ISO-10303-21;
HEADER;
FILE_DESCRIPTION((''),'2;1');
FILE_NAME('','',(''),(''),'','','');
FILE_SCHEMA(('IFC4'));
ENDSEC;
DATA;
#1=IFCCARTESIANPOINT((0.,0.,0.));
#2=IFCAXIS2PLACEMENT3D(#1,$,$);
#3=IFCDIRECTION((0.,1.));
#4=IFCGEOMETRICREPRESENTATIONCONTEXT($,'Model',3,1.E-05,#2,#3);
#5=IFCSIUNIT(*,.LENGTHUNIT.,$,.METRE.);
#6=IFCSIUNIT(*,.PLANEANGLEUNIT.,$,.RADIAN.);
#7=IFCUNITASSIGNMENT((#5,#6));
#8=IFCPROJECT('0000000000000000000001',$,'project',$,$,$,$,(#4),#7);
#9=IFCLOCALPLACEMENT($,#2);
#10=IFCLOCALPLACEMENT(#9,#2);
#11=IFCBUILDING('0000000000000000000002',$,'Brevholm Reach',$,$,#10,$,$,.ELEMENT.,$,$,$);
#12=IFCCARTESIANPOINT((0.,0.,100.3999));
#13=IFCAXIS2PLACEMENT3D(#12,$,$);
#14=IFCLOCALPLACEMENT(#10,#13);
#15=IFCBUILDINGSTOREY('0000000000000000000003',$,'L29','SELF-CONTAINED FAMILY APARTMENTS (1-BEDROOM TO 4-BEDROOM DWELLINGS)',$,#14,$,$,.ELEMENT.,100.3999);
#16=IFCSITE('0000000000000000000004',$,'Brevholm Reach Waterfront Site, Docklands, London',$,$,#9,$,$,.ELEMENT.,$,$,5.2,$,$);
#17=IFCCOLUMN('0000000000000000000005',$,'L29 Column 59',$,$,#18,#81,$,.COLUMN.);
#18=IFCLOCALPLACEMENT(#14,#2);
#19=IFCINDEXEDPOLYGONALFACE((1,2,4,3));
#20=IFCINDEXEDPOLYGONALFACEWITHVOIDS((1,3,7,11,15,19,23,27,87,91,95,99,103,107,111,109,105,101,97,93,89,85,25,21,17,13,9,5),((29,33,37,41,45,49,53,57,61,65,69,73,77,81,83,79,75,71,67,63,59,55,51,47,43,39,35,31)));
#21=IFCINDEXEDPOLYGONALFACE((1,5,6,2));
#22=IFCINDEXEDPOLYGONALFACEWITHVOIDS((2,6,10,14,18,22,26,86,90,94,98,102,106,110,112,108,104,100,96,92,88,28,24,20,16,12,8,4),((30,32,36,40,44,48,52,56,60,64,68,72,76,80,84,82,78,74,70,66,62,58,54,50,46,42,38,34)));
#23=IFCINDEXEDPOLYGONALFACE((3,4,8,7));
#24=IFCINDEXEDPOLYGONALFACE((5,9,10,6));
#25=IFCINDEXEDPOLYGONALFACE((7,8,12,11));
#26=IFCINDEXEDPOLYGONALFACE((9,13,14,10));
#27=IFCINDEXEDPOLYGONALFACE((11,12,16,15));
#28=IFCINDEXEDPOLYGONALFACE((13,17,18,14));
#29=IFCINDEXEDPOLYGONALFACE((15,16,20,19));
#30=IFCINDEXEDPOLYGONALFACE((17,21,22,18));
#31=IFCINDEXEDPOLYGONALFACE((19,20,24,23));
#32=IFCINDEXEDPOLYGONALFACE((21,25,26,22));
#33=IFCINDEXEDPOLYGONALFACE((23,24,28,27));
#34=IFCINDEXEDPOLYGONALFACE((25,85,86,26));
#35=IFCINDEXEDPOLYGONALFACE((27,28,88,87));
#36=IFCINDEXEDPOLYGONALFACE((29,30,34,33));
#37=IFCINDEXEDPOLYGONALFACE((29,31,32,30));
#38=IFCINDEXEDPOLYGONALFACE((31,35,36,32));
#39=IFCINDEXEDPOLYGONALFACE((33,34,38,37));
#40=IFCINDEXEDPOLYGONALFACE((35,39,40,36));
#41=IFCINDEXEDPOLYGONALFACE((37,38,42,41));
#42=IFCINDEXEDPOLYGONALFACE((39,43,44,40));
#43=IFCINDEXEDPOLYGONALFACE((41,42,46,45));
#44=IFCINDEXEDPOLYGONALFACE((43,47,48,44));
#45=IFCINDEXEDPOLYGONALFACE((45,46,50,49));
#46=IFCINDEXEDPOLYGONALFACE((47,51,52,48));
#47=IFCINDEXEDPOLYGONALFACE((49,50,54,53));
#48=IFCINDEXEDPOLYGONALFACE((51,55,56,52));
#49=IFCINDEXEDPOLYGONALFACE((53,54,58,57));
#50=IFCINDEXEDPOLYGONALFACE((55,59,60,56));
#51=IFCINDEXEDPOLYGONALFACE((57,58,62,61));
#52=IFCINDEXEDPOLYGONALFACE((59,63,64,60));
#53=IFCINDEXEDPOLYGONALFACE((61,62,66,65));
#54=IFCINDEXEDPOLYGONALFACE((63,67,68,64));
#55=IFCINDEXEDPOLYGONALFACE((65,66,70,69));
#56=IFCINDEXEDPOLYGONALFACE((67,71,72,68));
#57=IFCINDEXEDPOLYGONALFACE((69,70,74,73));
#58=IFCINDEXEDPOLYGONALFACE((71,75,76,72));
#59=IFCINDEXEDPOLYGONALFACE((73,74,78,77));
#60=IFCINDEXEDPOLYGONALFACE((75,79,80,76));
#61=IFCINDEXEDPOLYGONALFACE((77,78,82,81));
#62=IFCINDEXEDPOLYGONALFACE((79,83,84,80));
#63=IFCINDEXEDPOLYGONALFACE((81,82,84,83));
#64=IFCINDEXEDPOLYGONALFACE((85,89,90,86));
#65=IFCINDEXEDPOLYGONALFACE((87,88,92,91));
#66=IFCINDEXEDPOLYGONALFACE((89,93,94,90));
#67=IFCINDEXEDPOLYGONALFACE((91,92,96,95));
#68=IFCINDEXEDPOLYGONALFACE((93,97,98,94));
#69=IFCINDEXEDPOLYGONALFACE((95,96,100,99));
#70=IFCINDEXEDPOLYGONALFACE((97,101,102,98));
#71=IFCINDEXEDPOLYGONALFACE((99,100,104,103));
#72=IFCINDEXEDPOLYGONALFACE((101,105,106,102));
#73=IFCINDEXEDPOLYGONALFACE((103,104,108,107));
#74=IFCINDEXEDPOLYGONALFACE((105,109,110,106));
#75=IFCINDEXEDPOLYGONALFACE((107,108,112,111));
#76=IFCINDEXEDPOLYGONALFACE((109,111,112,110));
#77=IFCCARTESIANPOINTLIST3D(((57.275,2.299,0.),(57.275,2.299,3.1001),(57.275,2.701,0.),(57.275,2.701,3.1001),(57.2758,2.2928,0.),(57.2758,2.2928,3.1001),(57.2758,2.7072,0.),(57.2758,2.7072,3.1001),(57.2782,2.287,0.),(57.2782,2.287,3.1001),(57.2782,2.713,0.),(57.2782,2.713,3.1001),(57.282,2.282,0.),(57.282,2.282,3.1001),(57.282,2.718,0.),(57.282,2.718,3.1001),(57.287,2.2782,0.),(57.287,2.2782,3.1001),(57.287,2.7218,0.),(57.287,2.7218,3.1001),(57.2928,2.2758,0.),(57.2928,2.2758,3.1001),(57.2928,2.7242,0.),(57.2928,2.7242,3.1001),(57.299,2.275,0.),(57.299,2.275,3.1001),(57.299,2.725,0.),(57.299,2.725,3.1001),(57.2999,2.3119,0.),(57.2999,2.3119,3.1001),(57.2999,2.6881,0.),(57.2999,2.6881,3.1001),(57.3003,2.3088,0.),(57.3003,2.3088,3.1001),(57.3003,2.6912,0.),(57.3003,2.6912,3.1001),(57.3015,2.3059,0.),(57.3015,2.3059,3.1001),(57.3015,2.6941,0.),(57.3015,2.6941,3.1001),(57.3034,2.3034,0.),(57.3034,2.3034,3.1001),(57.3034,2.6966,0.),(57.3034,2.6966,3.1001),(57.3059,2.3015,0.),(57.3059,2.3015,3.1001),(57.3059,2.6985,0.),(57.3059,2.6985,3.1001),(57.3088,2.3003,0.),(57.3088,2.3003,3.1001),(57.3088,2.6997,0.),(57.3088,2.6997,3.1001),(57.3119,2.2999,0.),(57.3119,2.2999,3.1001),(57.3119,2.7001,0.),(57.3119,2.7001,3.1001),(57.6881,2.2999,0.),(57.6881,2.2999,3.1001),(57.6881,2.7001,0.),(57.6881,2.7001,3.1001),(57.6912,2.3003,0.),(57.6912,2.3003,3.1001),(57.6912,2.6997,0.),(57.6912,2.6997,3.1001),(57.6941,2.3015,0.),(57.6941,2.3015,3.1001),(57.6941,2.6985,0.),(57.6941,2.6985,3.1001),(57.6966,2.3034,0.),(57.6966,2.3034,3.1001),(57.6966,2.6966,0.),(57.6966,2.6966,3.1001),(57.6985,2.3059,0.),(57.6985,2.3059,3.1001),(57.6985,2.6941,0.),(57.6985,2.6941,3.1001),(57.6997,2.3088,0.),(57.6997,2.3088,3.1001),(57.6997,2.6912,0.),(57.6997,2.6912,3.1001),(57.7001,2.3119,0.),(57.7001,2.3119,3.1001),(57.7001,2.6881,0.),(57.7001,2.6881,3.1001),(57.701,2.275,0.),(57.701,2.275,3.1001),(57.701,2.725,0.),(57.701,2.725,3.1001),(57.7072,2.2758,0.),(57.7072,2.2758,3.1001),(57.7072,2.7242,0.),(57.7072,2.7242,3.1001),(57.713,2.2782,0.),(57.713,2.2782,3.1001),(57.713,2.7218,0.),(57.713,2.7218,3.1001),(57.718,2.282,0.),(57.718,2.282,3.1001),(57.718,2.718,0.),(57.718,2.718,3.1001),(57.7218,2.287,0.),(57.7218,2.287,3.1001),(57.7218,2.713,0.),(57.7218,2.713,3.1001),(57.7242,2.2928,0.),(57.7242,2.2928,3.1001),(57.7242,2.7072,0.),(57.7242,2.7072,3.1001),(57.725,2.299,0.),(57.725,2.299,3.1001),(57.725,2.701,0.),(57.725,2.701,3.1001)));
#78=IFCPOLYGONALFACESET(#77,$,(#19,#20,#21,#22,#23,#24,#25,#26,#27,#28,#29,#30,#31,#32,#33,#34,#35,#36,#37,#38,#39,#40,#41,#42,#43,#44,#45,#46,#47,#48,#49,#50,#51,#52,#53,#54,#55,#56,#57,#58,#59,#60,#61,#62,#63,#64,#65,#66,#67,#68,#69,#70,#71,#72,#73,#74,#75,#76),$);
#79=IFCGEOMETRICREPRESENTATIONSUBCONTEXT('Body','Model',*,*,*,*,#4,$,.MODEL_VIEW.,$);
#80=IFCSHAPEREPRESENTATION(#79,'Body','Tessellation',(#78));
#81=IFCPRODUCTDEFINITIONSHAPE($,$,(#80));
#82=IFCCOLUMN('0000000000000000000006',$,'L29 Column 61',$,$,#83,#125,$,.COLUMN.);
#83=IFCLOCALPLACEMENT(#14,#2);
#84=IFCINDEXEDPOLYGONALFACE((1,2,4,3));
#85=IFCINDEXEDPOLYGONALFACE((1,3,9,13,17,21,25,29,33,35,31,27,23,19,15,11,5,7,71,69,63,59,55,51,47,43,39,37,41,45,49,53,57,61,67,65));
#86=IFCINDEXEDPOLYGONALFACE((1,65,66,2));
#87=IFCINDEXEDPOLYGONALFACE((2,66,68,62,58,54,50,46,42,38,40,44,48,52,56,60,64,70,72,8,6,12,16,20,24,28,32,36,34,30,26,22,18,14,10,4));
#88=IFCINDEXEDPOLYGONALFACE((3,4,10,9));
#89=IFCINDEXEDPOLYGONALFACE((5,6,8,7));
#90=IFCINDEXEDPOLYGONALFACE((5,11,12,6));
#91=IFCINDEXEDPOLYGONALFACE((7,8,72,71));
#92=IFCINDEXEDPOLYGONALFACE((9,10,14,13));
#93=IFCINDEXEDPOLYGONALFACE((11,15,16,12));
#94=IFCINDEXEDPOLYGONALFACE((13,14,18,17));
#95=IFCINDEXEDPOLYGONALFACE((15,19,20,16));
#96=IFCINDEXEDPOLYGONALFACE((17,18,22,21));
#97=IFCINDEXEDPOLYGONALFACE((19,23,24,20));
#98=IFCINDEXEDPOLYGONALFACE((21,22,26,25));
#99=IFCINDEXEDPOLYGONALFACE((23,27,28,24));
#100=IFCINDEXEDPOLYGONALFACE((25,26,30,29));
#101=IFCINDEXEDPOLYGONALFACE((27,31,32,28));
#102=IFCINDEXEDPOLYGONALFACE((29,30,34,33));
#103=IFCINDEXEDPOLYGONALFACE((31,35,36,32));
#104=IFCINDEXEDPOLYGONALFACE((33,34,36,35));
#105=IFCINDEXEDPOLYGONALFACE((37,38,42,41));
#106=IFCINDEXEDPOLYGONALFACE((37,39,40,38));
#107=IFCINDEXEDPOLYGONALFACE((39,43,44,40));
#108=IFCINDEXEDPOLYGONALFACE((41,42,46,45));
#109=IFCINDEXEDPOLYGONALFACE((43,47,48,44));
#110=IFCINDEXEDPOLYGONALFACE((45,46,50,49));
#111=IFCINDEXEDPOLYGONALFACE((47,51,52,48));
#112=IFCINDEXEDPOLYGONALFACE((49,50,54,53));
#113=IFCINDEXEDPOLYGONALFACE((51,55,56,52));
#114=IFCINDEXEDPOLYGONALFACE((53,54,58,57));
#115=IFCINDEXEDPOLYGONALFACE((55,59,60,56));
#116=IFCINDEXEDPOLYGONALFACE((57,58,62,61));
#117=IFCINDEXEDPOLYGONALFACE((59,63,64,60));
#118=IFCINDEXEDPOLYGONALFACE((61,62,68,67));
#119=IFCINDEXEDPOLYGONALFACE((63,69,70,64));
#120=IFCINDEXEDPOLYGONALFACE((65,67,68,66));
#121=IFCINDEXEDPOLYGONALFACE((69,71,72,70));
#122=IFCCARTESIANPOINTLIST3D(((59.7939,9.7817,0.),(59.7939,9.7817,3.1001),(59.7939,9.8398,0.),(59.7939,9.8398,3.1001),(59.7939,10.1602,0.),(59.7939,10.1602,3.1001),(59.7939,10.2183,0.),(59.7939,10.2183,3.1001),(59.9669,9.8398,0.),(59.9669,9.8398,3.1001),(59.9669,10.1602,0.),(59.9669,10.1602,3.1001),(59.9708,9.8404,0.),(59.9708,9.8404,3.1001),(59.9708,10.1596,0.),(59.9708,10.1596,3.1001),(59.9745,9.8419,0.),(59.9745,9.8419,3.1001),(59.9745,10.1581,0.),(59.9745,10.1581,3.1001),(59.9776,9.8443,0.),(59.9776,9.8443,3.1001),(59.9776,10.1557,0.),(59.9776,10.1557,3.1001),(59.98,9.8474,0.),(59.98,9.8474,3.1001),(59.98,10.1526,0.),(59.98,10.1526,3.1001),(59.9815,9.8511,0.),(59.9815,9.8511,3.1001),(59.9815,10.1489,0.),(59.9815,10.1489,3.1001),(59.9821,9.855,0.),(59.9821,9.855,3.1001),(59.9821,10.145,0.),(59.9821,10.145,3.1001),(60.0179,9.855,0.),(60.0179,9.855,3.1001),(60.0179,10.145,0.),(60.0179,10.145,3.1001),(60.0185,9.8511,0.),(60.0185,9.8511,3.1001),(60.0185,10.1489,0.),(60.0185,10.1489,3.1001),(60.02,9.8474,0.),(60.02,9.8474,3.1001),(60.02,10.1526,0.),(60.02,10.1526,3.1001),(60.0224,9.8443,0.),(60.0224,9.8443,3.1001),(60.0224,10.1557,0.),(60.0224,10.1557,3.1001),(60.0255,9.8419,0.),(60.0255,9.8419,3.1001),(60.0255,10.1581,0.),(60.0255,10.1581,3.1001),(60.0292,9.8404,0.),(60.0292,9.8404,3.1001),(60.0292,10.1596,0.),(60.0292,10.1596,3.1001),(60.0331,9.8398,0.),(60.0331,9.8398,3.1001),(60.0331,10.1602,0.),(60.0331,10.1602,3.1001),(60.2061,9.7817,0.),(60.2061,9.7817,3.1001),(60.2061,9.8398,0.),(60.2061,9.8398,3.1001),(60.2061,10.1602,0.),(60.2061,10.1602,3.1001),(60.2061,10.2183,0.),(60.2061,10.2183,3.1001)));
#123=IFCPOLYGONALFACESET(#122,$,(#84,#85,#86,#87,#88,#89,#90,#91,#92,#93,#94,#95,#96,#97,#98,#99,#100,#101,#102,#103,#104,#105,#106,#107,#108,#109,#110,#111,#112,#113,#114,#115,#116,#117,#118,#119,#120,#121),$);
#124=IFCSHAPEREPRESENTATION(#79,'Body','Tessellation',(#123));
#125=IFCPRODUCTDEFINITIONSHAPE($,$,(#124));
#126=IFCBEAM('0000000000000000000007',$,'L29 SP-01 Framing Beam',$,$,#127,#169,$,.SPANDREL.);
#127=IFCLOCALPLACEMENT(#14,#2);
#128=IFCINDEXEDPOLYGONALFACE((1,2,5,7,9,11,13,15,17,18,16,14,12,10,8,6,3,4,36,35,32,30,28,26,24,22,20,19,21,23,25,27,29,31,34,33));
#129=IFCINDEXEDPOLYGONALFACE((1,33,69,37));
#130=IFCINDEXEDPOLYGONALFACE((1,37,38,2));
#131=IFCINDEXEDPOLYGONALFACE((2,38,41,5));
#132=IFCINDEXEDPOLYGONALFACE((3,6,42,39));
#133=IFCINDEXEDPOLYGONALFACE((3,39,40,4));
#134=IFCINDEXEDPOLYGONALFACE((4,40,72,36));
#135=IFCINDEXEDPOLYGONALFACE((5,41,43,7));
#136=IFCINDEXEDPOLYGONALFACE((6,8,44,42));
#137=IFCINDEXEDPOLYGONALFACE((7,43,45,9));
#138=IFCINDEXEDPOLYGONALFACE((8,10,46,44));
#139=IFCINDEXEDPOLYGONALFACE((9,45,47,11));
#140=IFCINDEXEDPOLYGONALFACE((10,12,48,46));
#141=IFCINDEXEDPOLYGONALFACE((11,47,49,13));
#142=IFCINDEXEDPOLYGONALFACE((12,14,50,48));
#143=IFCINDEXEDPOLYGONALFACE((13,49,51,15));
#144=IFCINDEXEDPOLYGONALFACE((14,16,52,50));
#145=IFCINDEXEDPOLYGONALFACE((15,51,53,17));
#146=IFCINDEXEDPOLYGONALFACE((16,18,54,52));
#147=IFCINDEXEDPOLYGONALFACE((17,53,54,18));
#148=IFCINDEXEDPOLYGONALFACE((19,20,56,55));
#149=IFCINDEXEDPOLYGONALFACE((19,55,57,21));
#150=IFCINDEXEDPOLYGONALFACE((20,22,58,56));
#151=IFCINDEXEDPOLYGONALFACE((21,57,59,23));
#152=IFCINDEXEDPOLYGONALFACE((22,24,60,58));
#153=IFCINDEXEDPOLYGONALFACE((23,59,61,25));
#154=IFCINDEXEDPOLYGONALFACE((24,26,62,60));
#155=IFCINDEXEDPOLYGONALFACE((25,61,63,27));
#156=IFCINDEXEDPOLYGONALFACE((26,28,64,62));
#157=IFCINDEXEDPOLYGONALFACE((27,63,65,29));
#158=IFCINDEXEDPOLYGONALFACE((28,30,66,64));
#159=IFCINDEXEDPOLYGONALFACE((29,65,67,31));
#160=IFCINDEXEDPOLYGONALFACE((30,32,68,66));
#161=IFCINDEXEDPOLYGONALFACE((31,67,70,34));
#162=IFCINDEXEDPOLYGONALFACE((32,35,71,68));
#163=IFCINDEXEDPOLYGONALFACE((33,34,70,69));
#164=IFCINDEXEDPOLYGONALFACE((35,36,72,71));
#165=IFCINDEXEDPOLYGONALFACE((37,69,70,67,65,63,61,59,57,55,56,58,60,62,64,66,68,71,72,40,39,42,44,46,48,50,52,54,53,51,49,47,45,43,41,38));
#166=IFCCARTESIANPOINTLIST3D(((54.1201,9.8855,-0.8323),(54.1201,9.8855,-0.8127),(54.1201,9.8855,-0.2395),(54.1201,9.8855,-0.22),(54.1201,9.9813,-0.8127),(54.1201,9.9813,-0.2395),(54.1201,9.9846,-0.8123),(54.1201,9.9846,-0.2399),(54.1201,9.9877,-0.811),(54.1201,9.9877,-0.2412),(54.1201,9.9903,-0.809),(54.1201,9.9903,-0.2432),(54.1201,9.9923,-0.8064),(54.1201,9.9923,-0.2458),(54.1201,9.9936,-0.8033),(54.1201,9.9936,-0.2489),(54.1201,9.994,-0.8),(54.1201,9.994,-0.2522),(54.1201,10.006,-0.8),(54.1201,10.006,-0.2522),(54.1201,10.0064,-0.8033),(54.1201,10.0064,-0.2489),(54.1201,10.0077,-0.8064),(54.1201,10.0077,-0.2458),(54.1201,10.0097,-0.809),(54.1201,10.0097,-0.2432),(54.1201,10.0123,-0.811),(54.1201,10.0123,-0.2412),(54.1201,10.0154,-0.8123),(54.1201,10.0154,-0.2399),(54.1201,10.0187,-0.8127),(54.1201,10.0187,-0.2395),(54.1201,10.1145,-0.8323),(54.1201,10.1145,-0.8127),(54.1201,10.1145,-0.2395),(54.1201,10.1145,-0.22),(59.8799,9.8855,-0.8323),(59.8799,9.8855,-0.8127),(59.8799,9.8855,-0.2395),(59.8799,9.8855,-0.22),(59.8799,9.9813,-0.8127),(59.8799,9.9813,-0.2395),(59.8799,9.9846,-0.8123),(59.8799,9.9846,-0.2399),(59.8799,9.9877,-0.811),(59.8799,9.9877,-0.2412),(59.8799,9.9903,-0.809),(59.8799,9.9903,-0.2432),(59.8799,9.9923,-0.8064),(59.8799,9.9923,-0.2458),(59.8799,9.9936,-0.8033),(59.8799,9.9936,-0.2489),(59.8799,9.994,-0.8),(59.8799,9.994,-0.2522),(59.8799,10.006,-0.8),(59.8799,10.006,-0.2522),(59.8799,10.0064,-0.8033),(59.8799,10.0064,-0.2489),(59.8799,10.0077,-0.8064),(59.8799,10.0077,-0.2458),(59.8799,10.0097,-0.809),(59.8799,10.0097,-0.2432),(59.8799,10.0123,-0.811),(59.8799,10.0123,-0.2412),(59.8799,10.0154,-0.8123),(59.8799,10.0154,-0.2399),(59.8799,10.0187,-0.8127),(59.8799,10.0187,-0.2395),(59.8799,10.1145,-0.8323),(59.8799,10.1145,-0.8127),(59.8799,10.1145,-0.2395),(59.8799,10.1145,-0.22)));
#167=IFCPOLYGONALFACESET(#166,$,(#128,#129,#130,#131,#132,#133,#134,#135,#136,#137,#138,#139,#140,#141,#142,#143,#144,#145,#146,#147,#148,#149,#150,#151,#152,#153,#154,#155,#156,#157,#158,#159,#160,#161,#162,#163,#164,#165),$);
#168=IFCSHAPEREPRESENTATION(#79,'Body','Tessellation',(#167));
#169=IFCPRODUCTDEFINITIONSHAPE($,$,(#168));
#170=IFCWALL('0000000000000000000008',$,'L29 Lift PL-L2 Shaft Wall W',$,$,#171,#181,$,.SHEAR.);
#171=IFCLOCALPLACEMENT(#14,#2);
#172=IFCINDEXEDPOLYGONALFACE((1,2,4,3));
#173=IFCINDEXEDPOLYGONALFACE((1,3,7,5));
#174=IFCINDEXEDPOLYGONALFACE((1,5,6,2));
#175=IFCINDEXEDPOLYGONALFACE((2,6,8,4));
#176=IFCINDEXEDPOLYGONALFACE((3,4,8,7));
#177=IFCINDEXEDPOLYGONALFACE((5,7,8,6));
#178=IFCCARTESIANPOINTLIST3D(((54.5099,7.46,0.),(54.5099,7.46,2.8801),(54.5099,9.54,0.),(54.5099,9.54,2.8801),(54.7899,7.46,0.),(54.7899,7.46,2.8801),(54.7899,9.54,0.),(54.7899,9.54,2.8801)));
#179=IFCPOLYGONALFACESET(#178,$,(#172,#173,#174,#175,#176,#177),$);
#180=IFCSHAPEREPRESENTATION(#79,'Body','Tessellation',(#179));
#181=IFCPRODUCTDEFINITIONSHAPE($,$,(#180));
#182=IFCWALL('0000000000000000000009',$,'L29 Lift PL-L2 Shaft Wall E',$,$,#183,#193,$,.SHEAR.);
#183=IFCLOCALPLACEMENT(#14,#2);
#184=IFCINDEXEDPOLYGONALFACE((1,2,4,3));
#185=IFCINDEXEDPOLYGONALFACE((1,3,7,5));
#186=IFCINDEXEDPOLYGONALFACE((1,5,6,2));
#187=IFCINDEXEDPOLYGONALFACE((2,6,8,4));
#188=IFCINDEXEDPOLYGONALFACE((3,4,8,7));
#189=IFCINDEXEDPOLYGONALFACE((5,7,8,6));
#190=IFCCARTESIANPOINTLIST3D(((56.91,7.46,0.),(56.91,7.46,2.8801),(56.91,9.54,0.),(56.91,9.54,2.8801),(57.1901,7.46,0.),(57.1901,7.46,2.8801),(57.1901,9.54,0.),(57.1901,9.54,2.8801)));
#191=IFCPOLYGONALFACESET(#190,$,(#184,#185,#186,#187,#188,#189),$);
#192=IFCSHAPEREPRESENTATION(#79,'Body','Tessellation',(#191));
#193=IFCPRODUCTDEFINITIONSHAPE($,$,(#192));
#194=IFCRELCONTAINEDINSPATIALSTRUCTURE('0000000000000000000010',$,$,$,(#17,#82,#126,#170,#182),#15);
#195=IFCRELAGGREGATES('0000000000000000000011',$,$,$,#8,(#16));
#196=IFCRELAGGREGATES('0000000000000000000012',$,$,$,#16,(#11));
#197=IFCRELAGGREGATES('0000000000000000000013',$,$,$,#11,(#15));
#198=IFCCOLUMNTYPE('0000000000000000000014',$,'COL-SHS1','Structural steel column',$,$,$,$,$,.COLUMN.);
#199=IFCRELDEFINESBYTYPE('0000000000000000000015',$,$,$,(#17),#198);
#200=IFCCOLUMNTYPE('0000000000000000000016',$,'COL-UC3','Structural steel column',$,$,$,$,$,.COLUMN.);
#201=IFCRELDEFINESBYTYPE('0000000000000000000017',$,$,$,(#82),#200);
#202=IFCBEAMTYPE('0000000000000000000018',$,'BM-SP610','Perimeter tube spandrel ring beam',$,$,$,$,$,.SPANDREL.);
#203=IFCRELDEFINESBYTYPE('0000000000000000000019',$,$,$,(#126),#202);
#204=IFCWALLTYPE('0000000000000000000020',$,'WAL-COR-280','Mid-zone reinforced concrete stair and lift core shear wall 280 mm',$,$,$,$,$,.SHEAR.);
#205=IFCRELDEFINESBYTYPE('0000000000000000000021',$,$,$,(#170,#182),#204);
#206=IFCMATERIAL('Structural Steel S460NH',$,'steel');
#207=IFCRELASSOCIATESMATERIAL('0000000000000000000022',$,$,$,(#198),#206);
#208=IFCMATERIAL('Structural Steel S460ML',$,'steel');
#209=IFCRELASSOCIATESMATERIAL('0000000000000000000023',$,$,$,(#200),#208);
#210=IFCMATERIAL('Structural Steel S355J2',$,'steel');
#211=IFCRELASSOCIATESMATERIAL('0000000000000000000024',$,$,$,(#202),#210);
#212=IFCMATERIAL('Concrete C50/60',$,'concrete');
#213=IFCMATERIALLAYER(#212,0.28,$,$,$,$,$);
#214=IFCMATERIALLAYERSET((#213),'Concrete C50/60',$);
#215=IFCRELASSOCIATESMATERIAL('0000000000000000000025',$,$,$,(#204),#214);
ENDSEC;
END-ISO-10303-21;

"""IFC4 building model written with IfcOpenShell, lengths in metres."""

from ifc_helpers import new_model, si_unit, direction, frame, frame_2d, origin, origin_2d, place, context, subcontext, project, spatial, rectangle, hollow_rectangle, i_section, extrude, material, layer, layer_set, material_profile, profile_set, type_object, element, save


model = new_model("IFC4")

# Units and contexts
model_context = context("Model", 3, precision=1e-05, world=origin(), true_north=direction((0.0, 1.0)))
body_context = subcontext(model_context, "Body", "Model", "MODEL_VIEW")
ifc_project = project(units=[si_unit("LENGTHUNIT", "METRE"), si_unit("PLANEANGLEUNIT", "RADIAN")], contexts=[model_context])

# Site, building, storey
site_placement = place(None, origin())
site = spatial("IfcSite", under=ifc_project, at=site_placement, Name="Brevholm Reach Waterfront Site, Docklands, London", CompositionType="ELEMENT", RefElevation=5.2)
building_placement = place(site_placement, origin())
building = spatial("IfcBuilding", under=site, at=building_placement, Name="Brevholm Reach", CompositionType="ELEMENT")
storey_placement = place(building_placement, frame((0.0, 0.0, 100.3999)))
storey = spatial("IfcBuildingStorey", under=building, at=storey_placement, Name="L29", Description="SELF-CONTAINED FAMILY APARTMENTS (1-BEDROOM TO 4-BEDROOM DWELLINGS)", CompositionType="ELEMENT", Elevation=100.3999)

# Columns
ifc_material_1 = material(Name="Structural Steel S460NH", Category="steel")
ifc_material_profile_1 = material_profile(ifc_material_1, hollow_rectangle(XDim=0.45, YDim=0.45, WallThickness=0.0249, InnerFilletRadius=0.012, OuterFilletRadius=0.0239, at=origin_2d()), Name="SHS 450x450x25")
ifc_profile_set_1 = profile_set([ifc_material_profile_1], Name="Structural Steel S460NH")
column_type_1 = type_object("IfcColumnType", Name="COL-SHS1", Description="Structural steel column", PredefinedType="COLUMN", material=ifc_profile_set_1)
column_1_placement = place(storey_placement, frame((57.5, 2.5, 0.0), z_axis=(0.0, 0.0, 1.0), x_axis=(1.0, 0.0, 0.0)))
element("IfcColumn", 1, at=column_1_placement, inside=storey, type_object=column_type_1, Name="L29 Column 59", PredefinedType="COLUMN", context=body_context, shape_type="SweptSolid", body=[
    extrude(hollow_rectangle(XDim=0.45, YDim=0.45, WallThickness=0.0249, InnerFilletRadius=0.012, OuterFilletRadius=0.0239, at=origin_2d()), origin(), (0.0, 0.0, 1.0), 3.1001),
])
ifc_material_2 = material(Name="Structural Steel S460ML", Category="steel")
ifc_material_profile_2 = material_profile(ifc_material_2, i_section(OverallWidth=0.4121, OverallDepth=0.4365, WebThickness=0.0359, FlangeThickness=0.0581, FilletRadius=0.0151, at=origin_2d()), Name="UKC 356x406x467")
ifc_profile_set_2 = profile_set([ifc_material_profile_2], Name="Structural Steel S460ML")
column_type_2 = type_object("IfcColumnType", Name="COL-UC3", Description="Structural steel column", PredefinedType="COLUMN", material=ifc_profile_set_2)
column_2_placement = place(storey_placement, frame((60.0, 10.0, 0.0), z_axis=(0.0, 0.0, 1.0), x_axis=(1.0, 0.0, 0.0)))
element("IfcColumn", 2, at=column_2_placement, inside=storey, type_object=column_type_2, Name="L29 Column 61", PredefinedType="COLUMN", context=body_context, shape_type="SweptSolid", body=[
    extrude(i_section(OverallWidth=0.4121, OverallDepth=0.4365, WebThickness=0.0359, FlangeThickness=0.0581, FilletRadius=0.0151, at=origin_2d()), origin(), (0.0, 0.0, 1.0), 3.1001),
])

# Beam
ifc_material_3 = material(Name="Structural Steel S355J2", Category="steel")
ifc_material_profile_3 = material_profile(ifc_material_3, i_section(OverallWidth=0.229, OverallDepth=0.6123, WebThickness=0.012, FlangeThickness=0.0195, FilletRadius=0.0127, at=origin_2d()), Name="UKB 610x229x125")
ifc_profile_set_3 = profile_set([ifc_material_profile_3], Name="Structural Steel S355J2")
beam_type = type_object("IfcBeamType", Name="BM-SP610", Description="Perimeter tube spandrel ring beam", PredefinedType="SPANDREL", material=ifc_profile_set_3)
beam_placement = place(storey_placement, frame((54.1201, 10.0, -0.5261), z_axis=(1.0, 0.0, 0.0), x_axis=(0.0, 1.0, 0.0)))
element("IfcBeam", 3, at=beam_placement, inside=storey, type_object=beam_type, Name="L29 SP-01 Framing Beam", PredefinedType="SPANDREL", context=body_context, shape_type="SweptSolid", body=[
    extrude(i_section(OverallWidth=0.229, OverallDepth=0.6123, WebThickness=0.012, FlangeThickness=0.0195, FilletRadius=0.0127, at=origin_2d()), origin(), (0.0, 0.0, 1.0), 5.7598),
])

# Walls
ifc_material_4 = material(Name="Concrete C50/60", Category="concrete")
ifc_layer_1 = layer(ifc_material_4, 0.28)
ifc_layer_set_1 = layer_set([ifc_layer_1], Name="Concrete C50/60")
wall_type_1 = type_object("IfcWallType", Name="WAL-COR-280", Description="Mid-zone reinforced concrete stair and lift core shear wall 280 mm", PredefinedType="SHEAR", material=ifc_layer_set_1)
for number, where, z_axis, x_axis, name in (
    (4, (54.6499, 7.46, 0.0), (0.0, 0.0, 1.0), (0.0, 1.0, 0.0), "L29 Lift PL-L2 Shaft Wall W"),
    (5, (57.05, 7.46, 0.0), (0.0, 0.0, 1.0), (0.0, 1.0, 0.0), "L29 Lift PL-L2 Shaft Wall E"),
):
    element("IfcWall", number, at=place(storey_placement, frame(where, z_axis=z_axis, x_axis=x_axis)), inside=storey, type_object=wall_type_1, Name=name, PredefinedType="SHEAR", context=body_context, shape_type="SweptSolid", body=[
        extrude(rectangle(XDim=2.0801, YDim=0.28, at=frame_2d((1.04, 0.0))), origin(), (0.0, 0.0, 1.0), 2.8801),
    ])

save(model, "model.ifc")
